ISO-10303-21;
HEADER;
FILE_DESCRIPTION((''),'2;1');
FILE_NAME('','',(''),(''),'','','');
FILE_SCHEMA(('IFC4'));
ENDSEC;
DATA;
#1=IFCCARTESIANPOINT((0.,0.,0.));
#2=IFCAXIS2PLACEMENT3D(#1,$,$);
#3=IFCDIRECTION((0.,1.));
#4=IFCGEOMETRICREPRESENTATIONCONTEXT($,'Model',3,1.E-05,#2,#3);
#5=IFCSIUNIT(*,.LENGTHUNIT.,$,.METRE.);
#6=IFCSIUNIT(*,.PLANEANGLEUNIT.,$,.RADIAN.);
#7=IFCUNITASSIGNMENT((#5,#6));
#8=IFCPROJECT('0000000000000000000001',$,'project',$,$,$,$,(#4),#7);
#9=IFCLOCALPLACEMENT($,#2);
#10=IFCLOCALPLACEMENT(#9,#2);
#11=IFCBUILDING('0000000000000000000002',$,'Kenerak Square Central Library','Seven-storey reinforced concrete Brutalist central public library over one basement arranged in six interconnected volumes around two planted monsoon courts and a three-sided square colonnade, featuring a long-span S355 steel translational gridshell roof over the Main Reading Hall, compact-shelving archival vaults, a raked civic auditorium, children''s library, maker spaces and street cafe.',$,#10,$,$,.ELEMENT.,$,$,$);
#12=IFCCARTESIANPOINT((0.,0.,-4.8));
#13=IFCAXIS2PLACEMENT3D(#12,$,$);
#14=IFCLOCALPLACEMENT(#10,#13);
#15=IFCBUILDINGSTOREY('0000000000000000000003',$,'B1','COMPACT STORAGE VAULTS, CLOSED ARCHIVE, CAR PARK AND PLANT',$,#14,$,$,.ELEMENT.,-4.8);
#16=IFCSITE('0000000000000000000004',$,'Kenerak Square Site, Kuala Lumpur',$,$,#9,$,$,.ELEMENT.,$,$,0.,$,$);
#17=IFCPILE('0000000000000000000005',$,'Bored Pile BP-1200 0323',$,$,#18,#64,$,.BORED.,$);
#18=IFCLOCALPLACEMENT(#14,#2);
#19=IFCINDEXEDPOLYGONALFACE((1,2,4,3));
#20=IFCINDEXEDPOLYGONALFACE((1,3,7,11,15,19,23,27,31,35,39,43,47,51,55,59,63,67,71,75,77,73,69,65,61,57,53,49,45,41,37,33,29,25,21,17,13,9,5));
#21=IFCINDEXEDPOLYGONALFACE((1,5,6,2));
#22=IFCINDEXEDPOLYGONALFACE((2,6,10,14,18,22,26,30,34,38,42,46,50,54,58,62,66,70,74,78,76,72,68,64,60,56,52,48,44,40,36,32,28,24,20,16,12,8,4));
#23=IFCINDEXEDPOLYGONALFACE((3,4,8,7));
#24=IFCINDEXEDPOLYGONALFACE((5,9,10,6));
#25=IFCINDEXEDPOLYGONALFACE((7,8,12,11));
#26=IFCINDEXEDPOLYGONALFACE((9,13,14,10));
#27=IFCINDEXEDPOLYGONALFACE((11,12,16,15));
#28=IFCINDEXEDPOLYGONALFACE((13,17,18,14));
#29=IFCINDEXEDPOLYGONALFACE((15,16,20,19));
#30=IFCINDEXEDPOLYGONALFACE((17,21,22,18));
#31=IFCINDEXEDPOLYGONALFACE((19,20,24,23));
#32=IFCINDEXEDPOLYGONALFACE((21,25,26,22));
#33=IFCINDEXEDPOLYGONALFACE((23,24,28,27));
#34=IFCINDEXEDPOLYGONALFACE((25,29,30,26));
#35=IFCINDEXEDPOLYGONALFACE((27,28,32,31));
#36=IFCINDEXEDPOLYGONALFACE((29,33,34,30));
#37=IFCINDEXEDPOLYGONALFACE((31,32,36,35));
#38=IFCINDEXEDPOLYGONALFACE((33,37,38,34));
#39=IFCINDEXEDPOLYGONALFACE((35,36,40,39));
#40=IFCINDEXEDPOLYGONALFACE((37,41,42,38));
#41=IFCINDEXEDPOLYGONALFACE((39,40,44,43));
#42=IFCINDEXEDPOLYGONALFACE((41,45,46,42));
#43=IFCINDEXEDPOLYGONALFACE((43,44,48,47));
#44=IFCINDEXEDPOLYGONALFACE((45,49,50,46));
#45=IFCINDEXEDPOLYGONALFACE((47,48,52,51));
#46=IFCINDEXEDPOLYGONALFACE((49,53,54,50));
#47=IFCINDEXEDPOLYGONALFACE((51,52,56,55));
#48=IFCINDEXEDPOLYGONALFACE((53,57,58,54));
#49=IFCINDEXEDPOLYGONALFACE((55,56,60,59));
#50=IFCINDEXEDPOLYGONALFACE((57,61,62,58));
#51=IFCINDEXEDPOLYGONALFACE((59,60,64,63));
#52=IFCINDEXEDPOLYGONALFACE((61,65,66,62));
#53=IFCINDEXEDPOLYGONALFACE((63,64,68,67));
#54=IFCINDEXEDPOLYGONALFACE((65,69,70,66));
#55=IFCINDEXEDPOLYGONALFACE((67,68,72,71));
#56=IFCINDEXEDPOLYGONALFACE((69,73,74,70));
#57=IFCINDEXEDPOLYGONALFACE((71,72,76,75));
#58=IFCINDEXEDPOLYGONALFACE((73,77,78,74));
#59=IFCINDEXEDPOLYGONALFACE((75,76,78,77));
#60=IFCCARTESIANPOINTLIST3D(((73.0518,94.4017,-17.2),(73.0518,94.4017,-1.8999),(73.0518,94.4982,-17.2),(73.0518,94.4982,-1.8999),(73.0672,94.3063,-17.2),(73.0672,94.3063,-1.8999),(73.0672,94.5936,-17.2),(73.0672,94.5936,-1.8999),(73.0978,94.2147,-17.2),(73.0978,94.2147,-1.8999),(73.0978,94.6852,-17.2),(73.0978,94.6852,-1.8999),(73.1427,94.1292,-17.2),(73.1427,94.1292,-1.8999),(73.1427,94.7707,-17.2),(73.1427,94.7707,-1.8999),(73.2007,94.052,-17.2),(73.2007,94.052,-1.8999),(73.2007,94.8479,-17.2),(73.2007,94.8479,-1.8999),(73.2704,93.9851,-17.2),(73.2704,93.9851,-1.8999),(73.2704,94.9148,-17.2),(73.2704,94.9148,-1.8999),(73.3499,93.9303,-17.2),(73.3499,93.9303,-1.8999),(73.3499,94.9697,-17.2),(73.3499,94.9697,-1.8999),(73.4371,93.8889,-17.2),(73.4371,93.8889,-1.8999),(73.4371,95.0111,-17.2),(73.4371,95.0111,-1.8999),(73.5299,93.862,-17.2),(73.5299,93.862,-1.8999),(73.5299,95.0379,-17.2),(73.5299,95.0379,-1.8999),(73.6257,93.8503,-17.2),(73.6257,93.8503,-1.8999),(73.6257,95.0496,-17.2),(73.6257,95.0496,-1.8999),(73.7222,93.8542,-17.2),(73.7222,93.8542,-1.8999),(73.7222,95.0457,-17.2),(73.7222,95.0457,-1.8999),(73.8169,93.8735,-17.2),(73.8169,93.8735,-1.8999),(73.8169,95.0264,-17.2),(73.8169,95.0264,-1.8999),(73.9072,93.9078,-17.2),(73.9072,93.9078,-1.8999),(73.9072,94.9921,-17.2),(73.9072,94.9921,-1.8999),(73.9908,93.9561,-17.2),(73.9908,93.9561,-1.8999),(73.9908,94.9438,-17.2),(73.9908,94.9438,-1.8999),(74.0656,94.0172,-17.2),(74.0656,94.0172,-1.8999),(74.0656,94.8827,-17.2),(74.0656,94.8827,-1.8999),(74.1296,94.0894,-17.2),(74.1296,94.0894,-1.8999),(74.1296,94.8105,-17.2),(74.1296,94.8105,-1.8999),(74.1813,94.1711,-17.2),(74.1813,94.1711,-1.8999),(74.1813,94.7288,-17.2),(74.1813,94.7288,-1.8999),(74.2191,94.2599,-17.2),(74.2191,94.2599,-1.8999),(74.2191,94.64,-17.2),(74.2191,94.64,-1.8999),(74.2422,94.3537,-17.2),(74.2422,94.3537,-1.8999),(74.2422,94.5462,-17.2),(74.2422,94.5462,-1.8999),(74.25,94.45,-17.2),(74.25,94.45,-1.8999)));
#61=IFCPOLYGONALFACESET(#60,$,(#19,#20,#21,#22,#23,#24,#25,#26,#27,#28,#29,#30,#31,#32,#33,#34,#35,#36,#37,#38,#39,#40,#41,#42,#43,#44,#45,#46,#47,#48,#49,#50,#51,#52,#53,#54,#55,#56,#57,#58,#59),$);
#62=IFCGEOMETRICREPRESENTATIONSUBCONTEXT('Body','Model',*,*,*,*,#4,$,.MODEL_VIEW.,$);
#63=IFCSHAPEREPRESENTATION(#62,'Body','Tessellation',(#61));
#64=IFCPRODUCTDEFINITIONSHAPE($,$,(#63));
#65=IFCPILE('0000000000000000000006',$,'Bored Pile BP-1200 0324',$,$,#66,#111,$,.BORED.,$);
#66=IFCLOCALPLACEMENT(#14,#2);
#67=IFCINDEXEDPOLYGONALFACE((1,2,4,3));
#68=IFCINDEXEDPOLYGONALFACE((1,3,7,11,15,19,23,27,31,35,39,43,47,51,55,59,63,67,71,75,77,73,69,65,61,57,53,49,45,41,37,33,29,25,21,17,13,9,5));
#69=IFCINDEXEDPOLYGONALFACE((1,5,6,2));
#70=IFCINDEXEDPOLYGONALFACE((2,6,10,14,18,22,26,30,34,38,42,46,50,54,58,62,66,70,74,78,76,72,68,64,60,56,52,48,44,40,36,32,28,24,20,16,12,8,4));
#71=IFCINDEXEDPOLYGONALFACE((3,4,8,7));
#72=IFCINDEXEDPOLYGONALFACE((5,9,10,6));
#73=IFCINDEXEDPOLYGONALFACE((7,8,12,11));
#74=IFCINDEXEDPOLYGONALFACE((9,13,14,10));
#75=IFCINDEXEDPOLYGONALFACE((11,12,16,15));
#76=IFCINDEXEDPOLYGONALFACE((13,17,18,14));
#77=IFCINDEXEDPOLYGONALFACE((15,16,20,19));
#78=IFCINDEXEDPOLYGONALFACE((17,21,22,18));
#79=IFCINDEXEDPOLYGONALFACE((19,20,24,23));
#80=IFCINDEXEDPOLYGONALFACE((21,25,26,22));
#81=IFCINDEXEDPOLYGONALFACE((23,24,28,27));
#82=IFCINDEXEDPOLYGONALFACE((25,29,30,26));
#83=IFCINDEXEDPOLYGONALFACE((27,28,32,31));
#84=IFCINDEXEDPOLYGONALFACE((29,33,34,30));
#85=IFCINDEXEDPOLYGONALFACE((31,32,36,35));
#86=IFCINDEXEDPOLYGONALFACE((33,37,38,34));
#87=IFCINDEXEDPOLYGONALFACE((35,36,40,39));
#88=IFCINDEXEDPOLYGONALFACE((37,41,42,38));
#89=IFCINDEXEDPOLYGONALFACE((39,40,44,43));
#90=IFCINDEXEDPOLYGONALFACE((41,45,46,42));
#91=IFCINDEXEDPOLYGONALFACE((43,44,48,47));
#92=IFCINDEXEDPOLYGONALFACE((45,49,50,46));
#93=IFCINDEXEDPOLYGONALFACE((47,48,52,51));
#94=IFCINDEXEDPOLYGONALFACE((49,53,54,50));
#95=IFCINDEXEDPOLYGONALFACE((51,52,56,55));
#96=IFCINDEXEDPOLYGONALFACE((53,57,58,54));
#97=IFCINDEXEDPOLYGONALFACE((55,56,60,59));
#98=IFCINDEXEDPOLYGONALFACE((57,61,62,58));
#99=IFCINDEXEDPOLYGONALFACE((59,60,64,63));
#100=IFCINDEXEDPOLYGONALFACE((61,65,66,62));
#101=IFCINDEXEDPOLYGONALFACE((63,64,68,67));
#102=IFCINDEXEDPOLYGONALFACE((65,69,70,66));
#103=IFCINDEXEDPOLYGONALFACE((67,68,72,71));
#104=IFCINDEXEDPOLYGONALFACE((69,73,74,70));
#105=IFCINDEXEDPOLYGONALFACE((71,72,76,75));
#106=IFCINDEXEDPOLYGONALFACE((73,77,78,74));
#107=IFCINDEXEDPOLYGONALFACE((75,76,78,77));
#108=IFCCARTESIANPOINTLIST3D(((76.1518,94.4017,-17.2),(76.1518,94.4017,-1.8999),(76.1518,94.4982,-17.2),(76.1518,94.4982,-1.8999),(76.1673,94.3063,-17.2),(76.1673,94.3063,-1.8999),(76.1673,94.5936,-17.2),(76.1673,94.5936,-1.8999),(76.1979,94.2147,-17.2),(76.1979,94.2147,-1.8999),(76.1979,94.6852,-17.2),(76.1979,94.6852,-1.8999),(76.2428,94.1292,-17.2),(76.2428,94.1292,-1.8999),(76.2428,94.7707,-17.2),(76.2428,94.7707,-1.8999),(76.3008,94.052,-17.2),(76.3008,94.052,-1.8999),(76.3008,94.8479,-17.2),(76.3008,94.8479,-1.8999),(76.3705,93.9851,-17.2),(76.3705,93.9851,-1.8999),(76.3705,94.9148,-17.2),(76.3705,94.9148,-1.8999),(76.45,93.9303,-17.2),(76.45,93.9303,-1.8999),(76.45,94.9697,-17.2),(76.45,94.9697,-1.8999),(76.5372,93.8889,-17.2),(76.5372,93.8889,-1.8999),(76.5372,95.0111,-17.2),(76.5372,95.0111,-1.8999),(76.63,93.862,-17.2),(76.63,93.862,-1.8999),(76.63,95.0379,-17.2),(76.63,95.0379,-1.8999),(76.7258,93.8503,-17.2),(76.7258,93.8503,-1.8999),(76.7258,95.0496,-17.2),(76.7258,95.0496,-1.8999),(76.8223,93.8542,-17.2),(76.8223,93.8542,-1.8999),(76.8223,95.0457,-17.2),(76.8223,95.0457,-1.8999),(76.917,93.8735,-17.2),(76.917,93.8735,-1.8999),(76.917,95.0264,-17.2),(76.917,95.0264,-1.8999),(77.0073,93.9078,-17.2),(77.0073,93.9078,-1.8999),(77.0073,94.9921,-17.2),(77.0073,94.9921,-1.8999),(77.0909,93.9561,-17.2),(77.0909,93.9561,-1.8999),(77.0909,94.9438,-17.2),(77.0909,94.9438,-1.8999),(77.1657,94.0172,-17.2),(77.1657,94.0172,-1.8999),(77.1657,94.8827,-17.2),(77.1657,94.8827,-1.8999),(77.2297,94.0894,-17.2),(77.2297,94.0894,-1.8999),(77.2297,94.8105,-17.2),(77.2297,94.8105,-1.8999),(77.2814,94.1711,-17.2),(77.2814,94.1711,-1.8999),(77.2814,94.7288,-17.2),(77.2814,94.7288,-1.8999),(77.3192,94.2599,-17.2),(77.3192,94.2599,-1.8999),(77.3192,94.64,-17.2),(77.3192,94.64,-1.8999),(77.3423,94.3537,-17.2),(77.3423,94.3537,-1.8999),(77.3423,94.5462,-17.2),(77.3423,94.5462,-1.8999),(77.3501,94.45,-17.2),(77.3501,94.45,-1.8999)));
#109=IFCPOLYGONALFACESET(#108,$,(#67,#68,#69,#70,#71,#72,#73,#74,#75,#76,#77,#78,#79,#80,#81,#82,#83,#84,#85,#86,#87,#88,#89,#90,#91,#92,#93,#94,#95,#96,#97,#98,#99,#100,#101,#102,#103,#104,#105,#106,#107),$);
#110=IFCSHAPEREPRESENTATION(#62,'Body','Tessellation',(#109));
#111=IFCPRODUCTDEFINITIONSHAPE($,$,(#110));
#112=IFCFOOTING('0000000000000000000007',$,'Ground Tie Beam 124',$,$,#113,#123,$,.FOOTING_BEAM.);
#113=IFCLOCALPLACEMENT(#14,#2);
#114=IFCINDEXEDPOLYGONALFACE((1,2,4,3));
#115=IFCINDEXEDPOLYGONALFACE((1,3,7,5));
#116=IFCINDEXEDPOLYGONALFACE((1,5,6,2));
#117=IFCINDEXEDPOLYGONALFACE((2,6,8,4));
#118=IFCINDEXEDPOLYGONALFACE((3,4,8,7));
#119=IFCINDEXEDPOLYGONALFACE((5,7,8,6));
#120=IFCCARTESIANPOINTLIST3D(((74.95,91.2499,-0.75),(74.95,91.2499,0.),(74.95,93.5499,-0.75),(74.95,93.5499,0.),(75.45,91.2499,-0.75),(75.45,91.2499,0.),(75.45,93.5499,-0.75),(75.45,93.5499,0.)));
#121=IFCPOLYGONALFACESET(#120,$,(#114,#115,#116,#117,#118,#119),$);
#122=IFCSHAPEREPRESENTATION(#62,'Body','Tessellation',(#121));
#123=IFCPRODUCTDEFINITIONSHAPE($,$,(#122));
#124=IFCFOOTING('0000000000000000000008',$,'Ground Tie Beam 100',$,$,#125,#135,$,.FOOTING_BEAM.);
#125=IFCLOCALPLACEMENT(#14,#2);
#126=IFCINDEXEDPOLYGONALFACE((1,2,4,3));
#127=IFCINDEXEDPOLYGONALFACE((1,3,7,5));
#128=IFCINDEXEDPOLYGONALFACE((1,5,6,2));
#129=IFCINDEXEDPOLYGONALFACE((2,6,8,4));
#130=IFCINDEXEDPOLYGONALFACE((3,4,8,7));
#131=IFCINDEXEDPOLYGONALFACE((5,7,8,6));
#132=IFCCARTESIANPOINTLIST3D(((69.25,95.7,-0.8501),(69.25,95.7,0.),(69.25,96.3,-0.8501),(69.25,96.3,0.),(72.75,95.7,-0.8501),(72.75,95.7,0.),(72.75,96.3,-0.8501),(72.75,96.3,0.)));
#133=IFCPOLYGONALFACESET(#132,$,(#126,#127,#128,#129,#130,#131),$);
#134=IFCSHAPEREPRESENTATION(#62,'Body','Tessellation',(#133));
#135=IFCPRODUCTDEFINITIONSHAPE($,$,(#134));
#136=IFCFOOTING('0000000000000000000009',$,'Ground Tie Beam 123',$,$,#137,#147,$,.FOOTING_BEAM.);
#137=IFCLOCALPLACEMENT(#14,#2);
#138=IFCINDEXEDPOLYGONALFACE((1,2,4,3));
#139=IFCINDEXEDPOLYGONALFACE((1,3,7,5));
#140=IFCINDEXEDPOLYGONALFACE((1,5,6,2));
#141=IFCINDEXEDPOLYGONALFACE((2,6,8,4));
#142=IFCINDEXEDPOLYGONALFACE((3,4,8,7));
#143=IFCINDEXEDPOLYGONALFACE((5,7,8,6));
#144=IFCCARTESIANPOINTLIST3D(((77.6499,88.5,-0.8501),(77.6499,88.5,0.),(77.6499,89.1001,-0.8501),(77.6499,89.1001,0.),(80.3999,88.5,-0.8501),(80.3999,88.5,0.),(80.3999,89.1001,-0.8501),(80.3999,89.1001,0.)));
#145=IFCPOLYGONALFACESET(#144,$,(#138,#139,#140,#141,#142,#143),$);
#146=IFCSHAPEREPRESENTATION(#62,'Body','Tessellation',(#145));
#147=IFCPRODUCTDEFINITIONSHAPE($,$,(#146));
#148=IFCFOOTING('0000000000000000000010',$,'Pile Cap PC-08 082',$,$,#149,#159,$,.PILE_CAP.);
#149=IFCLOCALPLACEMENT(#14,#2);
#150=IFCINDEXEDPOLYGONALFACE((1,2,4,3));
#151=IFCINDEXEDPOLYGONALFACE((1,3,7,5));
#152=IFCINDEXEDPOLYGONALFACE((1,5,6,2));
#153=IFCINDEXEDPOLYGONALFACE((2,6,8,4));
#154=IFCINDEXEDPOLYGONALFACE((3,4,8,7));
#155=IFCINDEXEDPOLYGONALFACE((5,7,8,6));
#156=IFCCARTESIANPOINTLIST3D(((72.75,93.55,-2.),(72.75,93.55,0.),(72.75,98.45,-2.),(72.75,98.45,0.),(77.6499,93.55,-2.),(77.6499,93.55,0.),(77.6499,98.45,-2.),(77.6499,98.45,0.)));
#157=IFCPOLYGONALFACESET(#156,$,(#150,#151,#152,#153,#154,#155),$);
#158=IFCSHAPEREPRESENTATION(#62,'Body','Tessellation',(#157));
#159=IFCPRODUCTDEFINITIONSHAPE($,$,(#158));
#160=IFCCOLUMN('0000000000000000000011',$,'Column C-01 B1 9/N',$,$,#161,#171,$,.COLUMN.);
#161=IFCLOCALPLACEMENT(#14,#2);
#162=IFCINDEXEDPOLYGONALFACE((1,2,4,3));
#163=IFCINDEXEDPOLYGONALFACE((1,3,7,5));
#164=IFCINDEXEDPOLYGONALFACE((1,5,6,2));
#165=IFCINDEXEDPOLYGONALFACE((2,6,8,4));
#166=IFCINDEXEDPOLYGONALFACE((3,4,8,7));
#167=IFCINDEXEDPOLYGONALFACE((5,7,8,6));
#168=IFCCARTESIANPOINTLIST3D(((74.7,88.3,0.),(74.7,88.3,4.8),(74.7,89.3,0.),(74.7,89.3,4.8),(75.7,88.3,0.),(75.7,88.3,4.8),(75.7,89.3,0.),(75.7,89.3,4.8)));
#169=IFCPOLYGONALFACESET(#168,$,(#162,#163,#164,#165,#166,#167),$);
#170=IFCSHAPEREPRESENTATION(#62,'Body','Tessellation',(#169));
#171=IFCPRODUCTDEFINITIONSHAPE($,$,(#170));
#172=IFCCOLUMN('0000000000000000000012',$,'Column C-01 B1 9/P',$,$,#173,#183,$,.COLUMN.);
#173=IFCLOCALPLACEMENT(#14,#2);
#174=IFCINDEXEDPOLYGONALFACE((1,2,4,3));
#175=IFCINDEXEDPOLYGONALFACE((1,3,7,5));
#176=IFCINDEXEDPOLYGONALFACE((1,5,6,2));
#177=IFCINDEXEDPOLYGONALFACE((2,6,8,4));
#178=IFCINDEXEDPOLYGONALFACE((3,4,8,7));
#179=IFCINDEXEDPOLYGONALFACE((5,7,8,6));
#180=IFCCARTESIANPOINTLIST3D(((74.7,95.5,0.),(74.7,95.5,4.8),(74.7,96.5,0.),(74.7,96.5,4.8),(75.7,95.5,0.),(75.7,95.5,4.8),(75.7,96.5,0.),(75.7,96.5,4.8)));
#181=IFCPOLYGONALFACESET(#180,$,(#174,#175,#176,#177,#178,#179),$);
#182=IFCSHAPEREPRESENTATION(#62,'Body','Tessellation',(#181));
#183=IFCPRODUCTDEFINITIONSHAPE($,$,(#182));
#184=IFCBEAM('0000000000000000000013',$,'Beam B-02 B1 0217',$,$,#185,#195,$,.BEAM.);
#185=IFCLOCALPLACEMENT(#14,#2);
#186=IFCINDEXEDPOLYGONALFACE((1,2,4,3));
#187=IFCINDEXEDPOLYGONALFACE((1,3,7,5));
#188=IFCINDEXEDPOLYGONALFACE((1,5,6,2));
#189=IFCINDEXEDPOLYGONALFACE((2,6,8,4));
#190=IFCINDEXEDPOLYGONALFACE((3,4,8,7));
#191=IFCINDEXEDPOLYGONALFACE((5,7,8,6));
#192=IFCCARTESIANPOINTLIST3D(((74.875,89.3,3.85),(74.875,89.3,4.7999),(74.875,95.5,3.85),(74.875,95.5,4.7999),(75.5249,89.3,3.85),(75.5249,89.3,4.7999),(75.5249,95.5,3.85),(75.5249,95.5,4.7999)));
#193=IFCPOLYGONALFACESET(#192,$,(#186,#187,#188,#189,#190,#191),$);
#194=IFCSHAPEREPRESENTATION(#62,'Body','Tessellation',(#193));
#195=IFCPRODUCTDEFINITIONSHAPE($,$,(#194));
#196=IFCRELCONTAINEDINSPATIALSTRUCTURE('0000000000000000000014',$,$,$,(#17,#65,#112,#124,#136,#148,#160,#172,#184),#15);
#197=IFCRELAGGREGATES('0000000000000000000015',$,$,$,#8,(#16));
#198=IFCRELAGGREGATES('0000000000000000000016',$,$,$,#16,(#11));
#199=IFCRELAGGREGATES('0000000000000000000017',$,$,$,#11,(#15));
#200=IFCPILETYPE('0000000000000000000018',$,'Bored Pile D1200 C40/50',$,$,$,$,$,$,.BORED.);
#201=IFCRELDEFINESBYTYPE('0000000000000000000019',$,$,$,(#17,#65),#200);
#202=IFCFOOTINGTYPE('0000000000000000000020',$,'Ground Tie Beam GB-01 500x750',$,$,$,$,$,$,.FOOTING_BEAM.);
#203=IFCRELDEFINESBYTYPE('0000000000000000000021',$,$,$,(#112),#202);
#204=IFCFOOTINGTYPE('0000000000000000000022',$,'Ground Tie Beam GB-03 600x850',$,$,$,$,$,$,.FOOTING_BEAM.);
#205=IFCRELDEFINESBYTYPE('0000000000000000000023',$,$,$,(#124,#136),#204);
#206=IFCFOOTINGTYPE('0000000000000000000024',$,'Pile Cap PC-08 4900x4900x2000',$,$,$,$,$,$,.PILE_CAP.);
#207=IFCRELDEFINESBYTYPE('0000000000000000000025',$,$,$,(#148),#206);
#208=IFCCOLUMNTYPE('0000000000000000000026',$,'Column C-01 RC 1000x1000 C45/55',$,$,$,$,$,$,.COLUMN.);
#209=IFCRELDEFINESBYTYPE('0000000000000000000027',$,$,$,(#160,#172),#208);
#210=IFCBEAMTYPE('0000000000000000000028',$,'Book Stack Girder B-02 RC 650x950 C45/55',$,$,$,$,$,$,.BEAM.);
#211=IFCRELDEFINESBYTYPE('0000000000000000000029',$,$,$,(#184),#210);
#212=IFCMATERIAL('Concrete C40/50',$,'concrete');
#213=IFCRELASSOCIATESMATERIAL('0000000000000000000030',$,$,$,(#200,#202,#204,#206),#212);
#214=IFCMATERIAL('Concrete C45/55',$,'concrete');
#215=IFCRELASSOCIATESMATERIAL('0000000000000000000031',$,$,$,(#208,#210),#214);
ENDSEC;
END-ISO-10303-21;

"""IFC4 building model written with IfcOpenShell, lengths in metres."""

from ifc_helpers import new_model, si_unit, direction, frame, origin, origin_2d, place, context, subcontext, project, spatial, rectangle, circle, extrude, material, material_profile, profile_set, type_object, element, save


model = new_model("IFC4")

# Units and contexts
model_context = context("Model", 3, precision=1e-05, world=origin(), true_north=direction((0.0, 1.0)))
body_context = subcontext(model_context, "Body", "Model", "MODEL_VIEW")
ifc_project = project(units=[si_unit("LENGTHUNIT", "METRE"), si_unit("PLANEANGLEUNIT", "RADIAN")], contexts=[model_context])

# Site, building, storey
site_placement = place(None, origin())
site = spatial("IfcSite", under=ifc_project, at=site_placement, Name="Kenerak Square Site, Kuala Lumpur", CompositionType="ELEMENT", RefElevation=0.0)
building_placement = place(site_placement, origin())
building = spatial("IfcBuilding", under=site, at=building_placement, Name="Kenerak Square Central Library", Description="Seven-storey reinforced concrete Brutalist central public library over one basement arranged in six interconnected volumes around two planted monsoon courts and a three-sided square colonnade, featuring a long-span S355 steel translational gridshell roof over the Main Reading Hall, compact-shelving archival vaults, a raked civic auditorium, children's library, maker spaces and street cafe.", CompositionType="ELEMENT")
storey_placement = place(building_placement, frame((0.0, 0.0, -4.8)))
storey = spatial("IfcBuildingStorey", under=building, at=storey_placement, Name="B1", Description="COMPACT STORAGE VAULTS, CLOSED ARCHIVE, CAR PARK AND PLANT", CompositionType="ELEMENT", Elevation=-4.8)

# Piles
ifc_material_1 = material(Name="Concrete C40/50", Category="concrete")
ifc_material_profile_1 = material_profile(ifc_material_1, circle(Radius=0.6001, at=origin_2d()), Name="BP D1200")
ifc_profile_set_1 = profile_set([ifc_material_profile_1], Name="Concrete C40/50")
pile_type = type_object("IfcPileType", Name="Bored Pile D1200 C40/50", PredefinedType="BORED", material=ifc_profile_set_1)
for number, where, z_axis, x_axis, name in (
    (1, (73.6499, 94.45, -1.8999), (0.0, 0.0, -1.0), (1.0, 0.0, 0.0), "Bored Pile BP-1200 0323"),
    (2, (76.75, 94.45, -1.8999), (0.0, 0.0, -1.0), (1.0, 0.0, 0.0), "Bored Pile BP-1200 0324"),
):
    element("IfcPile", number, at=place(storey_placement, frame(where, z_axis=z_axis, x_axis=x_axis)), inside=storey, type_object=pile_type, Name=name, PredefinedType="BORED", context=body_context, shape_type="SweptSolid", body=[
        extrude(circle(Radius=0.6001, at=origin_2d()), origin(), (0.0, 0.0, 1.0), 15.3),
    ])

# Footings
footing_type_1 = type_object("IfcFootingType", Name="Ground Tie Beam GB-01 500x750", PredefinedType="FOOTING_BEAM", material=ifc_material_1)
footing_1_placement = place(storey_placement, frame((75.2, 92.3999, -0.75), z_axis=(0.0, 0.0, 1.0), x_axis=(1.0, 0.0, 0.0)))
element("IfcFooting", 3, at=footing_1_placement, inside=storey, type_object=footing_type_1, Name="Ground Tie Beam 124", PredefinedType="FOOTING_BEAM", context=body_context, shape_type="SweptSolid", body=[
    extrude(rectangle(XDim=0.5, YDim=2.3, at=origin_2d()), origin(), (0.0, 0.0, 1.0), 0.75),
])
footing_type_2 = type_object("IfcFootingType", Name="Ground Tie Beam GB-03 600x850", PredefinedType="FOOTING_BEAM", material=ifc_material_1)
footing_2_placement = place(storey_placement, frame((71.0, 96.0, -0.8501), z_axis=(0.0, 0.0, 1.0), x_axis=(1.0, 0.0, 0.0)))
element("IfcFooting", 4, at=footing_2_placement, inside=storey, type_object=footing_type_2, Name="Ground Tie Beam 100", PredefinedType="FOOTING_BEAM", context=body_context, shape_type="SweptSolid", body=[
    extrude(rectangle(XDim=3.5, YDim=0.6001, at=origin_2d()), origin(), (0.0, 0.0, 1.0), 0.8501),
])
footing_3_placement = place(storey_placement, frame((79.0249, 88.8, -0.8501), z_axis=(0.0, 0.0, 1.0), x_axis=(1.0, 0.0, 0.0)))
element("IfcFooting", 5, at=footing_3_placement, inside=storey, type_object=footing_type_2, Name="Ground Tie Beam 123", PredefinedType="FOOTING_BEAM", context=body_context, shape_type="SweptSolid", body=[
    extrude(rectangle(XDim=2.75, YDim=0.6001, at=origin_2d()), origin(), (0.0, 0.0, 1.0), 0.8501),
])
footing_type_3 = type_object("IfcFootingType", Name="Pile Cap PC-08 4900x4900x2000", PredefinedType="PILE_CAP", material=ifc_material_1)
footing_4_placement = place(storey_placement, frame((75.2, 96.0, -2.0), z_axis=(0.0, 0.0, 1.0), x_axis=(1.0, 0.0, 0.0)))
element("IfcFooting", 6, at=footing_4_placement, inside=storey, type_object=footing_type_3, Name="Pile Cap PC-08 082", PredefinedType="PILE_CAP", context=body_context, shape_type="SweptSolid", body=[
    extrude(rectangle(XDim=4.8999, YDim=4.8999, at=origin_2d()), origin(), (0.0, 0.0, 1.0), 2.0),
])

# Columns
ifc_material_2 = material(Name="Concrete C45/55", Category="concrete")
ifc_material_profile_2 = material_profile(ifc_material_2, rectangle(XDim=1.0, YDim=1.0, at=origin_2d()), Name="RC 1000x1000")
ifc_profile_set_2 = profile_set([ifc_material_profile_2], Name="Concrete C45/55")
column_type = type_object("IfcColumnType", Name="Column C-01 RC 1000x1000 C45/55", PredefinedType="COLUMN", material=ifc_profile_set_2)
for number, where, z_axis, x_axis, name in (
    (7, (75.2, 88.8, 0.0), (0.0, 0.0, 1.0), (1.0, 0.0, 0.0), "Column C-01 B1 9/N"),
    (8, (75.2, 96.0, 0.0), (0.0, 0.0, 1.0), (1.0, 0.0, 0.0), "Column C-01 B1 9/P"),
):
    element("IfcColumn", number, at=place(storey_placement, frame(where, z_axis=z_axis, x_axis=x_axis)), inside=storey, type_object=column_type, Name=name, PredefinedType="COLUMN", context=body_context, shape_type="SweptSolid", body=[
        extrude(rectangle(XDim=1.0, YDim=1.0, at=origin_2d()), origin(), (0.0, 0.0, 1.0), 4.8),
    ])

# Beam
ifc_material_profile_3 = material_profile(ifc_material_2, rectangle(XDim=0.6499, YDim=0.95, at=origin_2d()), Name="RC 650x950")
ifc_profile_set_3 = profile_set([ifc_material_profile_3], Name="Concrete C45/55")
beam_type_1 = type_object("IfcBeamType", Name="Book Stack Girder B-02 RC 650x950 C45/55", PredefinedType="BEAM", material=ifc_profile_set_3)
beam_1_placement = place(storey_placement, frame((75.2, 89.3, 4.325), z_axis=(0.0, 1.0, 0.0), x_axis=(-1.0, 0.0, 0.0)))
element("IfcBeam", 9, at=beam_1_placement, inside=storey, type_object=beam_type_1, Name="Beam B-02 B1 0217", PredefinedType="BEAM", context=body_context, shape_type="SweptSolid", body=[
    extrude(rectangle(XDim=0.6499, YDim=0.95, at=origin_2d()), origin(), (0.0, 0.0, 1.0), 6.2),
])

save(model, "model.ifc")
